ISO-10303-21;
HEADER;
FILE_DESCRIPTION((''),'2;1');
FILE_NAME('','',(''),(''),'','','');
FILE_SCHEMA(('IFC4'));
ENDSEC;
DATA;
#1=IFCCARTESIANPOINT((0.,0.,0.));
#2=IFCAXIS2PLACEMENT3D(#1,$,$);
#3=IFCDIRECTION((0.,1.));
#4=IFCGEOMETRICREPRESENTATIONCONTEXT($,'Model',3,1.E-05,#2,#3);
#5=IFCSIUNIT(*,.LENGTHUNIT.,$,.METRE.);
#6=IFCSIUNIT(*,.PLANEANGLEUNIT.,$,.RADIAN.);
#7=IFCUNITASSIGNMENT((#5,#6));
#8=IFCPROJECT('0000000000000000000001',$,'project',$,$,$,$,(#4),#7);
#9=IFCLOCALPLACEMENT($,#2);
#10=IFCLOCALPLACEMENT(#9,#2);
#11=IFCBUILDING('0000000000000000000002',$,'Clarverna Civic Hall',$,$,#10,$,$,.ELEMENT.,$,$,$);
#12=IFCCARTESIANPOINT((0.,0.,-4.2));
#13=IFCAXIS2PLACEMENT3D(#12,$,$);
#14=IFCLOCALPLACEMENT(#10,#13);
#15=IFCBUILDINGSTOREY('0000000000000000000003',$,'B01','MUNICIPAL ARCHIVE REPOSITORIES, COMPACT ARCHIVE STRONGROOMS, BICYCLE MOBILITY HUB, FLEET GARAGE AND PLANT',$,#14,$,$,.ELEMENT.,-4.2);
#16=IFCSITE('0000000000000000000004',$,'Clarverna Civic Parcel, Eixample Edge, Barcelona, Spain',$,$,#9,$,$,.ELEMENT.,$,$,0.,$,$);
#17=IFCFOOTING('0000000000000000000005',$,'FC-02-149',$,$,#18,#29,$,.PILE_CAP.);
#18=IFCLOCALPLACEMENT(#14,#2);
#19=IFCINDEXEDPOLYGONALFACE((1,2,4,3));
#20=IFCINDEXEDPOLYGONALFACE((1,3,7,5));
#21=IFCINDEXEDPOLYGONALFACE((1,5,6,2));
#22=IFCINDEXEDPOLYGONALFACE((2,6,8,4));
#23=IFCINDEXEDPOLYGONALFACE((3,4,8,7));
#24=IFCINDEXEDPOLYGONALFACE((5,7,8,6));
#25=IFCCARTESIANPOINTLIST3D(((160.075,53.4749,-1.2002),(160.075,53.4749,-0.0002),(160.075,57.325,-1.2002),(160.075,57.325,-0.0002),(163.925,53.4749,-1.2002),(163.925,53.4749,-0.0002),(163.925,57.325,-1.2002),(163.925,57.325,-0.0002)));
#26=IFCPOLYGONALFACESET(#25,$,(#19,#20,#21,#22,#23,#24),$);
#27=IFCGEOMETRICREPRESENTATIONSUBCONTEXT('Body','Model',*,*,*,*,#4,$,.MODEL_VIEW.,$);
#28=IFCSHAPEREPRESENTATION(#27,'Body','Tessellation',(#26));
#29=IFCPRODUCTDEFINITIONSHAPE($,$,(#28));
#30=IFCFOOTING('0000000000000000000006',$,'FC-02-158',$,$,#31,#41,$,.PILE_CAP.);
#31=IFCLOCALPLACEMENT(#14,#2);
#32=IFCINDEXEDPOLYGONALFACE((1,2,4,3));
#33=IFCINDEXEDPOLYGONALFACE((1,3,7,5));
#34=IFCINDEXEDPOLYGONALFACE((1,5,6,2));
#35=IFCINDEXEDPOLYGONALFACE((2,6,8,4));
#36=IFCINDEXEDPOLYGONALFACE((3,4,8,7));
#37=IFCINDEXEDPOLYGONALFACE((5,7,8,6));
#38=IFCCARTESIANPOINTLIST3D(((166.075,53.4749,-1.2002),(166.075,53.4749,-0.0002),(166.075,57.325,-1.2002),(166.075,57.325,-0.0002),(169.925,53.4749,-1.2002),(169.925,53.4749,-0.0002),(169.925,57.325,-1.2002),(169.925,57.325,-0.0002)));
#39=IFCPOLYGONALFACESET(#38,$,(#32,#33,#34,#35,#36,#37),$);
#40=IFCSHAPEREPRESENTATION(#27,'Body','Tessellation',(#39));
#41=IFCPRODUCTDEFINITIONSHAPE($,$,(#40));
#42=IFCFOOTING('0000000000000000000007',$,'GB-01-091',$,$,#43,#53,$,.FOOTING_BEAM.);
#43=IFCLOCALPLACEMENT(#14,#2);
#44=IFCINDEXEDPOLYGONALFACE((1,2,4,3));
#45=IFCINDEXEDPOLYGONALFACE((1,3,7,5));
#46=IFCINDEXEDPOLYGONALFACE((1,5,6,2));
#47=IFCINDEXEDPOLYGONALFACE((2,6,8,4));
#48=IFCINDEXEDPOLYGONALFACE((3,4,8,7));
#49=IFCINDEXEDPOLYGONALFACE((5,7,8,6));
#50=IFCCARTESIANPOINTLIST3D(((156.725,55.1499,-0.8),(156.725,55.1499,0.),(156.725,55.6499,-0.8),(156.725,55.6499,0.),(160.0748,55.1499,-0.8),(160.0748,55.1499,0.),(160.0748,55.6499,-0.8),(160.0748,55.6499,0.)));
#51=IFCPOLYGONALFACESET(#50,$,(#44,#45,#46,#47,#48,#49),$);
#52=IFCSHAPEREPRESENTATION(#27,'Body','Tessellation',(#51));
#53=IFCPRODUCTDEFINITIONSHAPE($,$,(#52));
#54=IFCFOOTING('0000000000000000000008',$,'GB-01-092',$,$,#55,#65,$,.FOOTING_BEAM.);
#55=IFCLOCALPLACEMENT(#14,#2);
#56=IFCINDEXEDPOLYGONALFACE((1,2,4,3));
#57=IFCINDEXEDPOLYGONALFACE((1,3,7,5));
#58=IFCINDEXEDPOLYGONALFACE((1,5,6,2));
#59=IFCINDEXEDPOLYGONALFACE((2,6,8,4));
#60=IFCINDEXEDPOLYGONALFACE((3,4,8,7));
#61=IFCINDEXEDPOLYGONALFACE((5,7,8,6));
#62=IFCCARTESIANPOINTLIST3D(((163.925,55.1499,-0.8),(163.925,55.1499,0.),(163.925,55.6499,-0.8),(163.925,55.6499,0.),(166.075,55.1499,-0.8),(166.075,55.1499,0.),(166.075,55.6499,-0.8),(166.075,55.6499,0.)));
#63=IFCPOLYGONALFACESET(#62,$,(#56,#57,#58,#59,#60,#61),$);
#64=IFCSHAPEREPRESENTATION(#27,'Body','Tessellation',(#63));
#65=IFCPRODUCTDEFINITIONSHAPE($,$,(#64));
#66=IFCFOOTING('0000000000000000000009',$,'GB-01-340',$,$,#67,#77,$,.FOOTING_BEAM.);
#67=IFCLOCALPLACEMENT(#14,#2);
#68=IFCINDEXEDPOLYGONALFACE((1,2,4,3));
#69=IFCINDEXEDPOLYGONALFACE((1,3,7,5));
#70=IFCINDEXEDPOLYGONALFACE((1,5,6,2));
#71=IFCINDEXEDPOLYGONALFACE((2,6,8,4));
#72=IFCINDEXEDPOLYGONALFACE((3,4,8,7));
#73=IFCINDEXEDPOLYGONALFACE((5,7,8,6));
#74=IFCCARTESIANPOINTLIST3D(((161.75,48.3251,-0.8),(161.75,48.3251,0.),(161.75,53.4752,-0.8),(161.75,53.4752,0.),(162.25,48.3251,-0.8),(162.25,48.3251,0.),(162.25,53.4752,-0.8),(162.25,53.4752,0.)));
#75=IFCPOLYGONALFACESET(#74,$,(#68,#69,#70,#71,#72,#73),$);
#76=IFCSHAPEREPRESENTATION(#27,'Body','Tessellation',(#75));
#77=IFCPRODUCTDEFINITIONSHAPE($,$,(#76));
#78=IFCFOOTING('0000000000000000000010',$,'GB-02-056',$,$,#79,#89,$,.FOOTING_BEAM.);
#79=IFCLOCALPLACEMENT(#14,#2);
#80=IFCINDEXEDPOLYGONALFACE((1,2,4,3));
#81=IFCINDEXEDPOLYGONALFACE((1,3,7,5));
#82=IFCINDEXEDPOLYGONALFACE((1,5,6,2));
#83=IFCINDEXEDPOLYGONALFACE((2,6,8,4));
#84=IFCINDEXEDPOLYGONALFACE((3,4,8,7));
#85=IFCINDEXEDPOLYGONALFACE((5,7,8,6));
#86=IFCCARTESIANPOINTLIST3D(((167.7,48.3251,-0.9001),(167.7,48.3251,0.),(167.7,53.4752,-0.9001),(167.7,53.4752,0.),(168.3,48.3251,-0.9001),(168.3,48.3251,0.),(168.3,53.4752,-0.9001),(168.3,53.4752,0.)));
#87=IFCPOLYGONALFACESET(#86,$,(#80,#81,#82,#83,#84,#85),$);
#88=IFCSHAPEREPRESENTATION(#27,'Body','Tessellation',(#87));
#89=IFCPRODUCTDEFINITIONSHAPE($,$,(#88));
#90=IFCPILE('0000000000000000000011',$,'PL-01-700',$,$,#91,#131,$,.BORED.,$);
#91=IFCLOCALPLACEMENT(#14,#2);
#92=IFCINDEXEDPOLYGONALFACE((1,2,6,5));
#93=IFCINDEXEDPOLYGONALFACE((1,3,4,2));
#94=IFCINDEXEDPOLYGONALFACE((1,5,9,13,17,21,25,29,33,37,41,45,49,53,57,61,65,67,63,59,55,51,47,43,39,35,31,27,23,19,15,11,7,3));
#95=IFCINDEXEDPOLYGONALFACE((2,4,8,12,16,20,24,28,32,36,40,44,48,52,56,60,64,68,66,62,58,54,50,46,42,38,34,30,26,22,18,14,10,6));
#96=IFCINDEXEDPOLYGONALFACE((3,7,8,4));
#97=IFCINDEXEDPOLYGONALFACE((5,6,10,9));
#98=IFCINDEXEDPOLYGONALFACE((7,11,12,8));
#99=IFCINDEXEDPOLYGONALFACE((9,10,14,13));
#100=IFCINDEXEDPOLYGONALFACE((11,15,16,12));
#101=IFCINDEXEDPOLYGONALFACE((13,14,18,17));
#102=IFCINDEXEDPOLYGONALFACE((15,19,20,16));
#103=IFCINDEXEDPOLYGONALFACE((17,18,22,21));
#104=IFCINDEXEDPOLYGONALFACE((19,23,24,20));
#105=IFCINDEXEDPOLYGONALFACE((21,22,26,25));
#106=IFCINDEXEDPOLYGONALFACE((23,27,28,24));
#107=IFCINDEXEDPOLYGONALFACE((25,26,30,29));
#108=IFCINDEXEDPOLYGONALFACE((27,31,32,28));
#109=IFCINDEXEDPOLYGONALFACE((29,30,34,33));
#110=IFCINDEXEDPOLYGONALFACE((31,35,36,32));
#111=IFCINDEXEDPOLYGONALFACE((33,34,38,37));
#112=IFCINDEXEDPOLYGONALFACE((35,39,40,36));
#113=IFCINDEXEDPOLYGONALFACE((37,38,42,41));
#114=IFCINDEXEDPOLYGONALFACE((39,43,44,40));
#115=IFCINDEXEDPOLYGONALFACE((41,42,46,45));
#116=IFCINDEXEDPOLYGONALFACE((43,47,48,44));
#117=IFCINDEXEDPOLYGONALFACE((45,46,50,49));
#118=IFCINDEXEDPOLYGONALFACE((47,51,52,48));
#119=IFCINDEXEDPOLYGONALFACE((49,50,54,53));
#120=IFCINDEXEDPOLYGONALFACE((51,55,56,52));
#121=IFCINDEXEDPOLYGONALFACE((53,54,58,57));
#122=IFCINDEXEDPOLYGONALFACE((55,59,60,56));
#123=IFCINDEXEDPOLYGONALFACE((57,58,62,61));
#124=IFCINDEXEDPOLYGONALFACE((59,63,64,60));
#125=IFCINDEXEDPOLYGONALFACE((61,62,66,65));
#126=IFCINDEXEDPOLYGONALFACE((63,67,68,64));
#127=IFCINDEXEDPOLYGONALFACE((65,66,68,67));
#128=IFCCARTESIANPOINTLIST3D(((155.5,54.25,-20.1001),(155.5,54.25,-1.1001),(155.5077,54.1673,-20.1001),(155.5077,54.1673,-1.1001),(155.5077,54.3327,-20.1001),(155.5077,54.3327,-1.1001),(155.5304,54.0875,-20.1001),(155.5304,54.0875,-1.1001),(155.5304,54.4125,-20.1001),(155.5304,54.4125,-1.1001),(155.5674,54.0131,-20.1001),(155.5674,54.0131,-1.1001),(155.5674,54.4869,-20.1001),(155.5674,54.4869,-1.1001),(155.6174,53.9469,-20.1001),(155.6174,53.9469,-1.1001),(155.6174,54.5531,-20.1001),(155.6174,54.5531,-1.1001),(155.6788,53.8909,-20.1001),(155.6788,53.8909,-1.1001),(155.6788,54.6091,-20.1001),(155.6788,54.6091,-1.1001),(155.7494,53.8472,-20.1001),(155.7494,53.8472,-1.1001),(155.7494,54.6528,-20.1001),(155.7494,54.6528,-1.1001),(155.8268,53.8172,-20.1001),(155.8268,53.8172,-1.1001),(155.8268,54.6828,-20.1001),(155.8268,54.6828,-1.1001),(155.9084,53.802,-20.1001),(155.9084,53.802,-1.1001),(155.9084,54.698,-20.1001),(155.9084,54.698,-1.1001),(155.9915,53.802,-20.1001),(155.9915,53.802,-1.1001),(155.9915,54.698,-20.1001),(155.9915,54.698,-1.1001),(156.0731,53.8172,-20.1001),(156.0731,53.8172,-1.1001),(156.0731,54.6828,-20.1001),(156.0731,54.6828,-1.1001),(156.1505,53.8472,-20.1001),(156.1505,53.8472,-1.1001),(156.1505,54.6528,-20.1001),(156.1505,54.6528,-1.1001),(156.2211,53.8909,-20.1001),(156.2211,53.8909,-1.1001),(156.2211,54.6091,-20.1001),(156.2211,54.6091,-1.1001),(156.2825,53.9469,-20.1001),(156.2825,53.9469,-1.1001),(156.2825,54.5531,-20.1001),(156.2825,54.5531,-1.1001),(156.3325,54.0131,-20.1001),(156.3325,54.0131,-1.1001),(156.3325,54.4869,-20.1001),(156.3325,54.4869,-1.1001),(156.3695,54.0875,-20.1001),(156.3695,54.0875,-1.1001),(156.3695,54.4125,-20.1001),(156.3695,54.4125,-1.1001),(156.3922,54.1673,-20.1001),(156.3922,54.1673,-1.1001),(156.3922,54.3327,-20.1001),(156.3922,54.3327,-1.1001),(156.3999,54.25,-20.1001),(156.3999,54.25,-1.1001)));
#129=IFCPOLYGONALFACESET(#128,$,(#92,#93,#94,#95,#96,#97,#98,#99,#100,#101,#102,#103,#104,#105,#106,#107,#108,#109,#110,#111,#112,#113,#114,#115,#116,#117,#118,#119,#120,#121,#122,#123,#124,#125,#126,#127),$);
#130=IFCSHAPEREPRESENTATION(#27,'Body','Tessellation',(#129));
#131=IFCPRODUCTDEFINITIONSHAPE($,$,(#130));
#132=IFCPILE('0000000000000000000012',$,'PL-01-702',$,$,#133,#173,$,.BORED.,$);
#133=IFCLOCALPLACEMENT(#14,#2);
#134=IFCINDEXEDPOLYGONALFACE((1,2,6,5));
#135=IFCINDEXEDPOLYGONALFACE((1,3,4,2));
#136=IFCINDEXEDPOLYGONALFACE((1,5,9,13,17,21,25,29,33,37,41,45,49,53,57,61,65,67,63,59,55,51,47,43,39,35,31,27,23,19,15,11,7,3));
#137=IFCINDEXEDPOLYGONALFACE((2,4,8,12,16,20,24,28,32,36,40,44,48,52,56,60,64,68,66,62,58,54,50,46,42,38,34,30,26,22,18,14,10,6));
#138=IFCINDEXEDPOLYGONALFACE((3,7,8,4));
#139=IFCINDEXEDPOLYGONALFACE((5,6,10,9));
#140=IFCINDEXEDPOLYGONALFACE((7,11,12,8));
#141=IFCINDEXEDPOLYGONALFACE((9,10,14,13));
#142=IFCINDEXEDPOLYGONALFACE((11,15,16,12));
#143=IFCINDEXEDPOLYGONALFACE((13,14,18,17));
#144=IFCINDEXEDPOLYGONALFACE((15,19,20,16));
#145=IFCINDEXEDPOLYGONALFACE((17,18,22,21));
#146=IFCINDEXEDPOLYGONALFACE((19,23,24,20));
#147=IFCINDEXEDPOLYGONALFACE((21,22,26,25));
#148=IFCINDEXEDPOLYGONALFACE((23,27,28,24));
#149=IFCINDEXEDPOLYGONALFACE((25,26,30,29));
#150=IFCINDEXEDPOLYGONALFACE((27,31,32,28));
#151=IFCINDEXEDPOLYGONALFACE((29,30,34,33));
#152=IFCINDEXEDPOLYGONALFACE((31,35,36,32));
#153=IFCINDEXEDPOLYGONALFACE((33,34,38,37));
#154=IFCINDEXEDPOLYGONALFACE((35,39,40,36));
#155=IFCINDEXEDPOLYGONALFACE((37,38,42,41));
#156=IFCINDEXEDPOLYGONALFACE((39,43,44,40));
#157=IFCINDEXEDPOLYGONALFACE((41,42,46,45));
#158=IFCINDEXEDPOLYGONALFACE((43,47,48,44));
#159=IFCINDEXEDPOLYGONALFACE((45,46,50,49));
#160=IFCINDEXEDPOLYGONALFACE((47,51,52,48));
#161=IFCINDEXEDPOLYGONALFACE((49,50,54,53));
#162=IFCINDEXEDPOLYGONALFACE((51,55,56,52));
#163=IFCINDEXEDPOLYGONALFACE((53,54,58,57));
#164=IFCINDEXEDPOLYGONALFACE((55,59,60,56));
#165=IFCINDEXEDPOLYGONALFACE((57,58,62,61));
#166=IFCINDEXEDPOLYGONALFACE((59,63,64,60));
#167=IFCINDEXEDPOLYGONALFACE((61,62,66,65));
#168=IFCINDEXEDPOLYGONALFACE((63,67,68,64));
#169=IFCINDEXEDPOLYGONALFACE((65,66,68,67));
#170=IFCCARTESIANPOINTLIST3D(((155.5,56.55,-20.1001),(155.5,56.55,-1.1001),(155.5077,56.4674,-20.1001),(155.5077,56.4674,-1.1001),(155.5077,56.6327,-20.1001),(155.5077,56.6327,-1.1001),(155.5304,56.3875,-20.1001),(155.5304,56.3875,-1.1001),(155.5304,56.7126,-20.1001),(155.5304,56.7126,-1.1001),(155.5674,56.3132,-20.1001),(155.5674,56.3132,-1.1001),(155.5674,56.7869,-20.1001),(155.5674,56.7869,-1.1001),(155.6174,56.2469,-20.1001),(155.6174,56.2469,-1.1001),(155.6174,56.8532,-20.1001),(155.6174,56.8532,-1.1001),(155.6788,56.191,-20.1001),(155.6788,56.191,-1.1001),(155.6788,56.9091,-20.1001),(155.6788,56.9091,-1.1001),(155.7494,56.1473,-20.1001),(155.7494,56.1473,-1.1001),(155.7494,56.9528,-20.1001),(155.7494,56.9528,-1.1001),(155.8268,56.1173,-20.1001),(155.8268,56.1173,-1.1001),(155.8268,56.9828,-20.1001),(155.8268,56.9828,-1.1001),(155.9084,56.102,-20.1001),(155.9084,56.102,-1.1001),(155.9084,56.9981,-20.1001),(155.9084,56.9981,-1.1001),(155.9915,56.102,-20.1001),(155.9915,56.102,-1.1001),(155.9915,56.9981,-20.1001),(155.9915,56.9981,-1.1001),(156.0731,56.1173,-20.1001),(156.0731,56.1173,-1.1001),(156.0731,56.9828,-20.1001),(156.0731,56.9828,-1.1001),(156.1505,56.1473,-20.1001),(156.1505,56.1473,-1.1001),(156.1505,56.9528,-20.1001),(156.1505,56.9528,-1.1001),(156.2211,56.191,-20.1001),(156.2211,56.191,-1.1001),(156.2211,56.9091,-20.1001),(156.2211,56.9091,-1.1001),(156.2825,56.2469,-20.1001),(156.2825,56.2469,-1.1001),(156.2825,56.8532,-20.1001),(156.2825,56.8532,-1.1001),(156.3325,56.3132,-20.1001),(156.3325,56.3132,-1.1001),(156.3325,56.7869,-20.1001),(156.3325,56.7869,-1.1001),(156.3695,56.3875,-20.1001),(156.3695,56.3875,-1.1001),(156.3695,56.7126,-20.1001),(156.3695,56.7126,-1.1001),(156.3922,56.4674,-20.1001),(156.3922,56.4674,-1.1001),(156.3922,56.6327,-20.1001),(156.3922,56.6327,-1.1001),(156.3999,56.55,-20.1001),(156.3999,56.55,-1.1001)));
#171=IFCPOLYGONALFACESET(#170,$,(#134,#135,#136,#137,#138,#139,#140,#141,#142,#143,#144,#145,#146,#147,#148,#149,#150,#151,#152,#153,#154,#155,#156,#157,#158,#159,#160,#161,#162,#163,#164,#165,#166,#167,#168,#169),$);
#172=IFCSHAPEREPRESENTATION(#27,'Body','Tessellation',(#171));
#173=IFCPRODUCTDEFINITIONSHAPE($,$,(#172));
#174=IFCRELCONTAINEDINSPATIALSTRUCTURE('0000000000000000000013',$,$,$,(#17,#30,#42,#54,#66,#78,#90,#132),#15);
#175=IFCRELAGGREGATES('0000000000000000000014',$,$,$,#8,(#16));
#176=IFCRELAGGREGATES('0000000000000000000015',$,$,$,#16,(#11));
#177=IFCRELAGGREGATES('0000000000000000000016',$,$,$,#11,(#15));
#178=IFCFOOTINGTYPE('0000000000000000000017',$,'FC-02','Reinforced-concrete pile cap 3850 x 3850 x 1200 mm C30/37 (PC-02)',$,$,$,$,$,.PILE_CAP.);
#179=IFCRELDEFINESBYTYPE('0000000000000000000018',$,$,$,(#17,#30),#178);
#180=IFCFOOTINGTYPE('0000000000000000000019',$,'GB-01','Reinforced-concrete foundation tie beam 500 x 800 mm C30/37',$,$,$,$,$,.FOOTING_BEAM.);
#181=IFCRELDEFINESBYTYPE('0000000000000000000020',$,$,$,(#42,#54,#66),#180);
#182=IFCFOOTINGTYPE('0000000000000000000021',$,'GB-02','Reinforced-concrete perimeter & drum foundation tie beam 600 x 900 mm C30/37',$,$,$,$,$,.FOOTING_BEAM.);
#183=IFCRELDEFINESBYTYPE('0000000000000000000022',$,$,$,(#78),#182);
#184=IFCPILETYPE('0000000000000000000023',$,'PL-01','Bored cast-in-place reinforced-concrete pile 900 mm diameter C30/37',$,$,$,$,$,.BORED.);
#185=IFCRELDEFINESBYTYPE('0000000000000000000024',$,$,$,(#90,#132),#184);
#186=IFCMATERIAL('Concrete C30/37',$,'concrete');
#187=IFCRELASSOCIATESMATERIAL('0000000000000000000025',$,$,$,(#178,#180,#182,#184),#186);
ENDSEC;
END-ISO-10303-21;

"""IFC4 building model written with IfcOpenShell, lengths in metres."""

from ifc_helpers import new_model, si_unit, direction, frame, frame_2d, origin, origin_2d, place, context, subcontext, project, spatial, rectangle, circle, extrude, material, material_profile, profile_set, type_object, element, save


model = new_model("IFC4")

# Units and contexts
model_context = context("Model", 3, precision=1e-05, world=origin(), true_north=direction((0.0, 1.0)))
body_context = subcontext(model_context, "Body", "Model", "MODEL_VIEW")
ifc_project = project(units=[si_unit("LENGTHUNIT", "METRE"), si_unit("PLANEANGLEUNIT", "RADIAN")], contexts=[model_context])

# Site, building, storey
site_placement = place(None, origin())
site = spatial("IfcSite", under=ifc_project, at=site_placement, Name="Clarverna Civic Parcel, Eixample Edge, Barcelona, Spain", CompositionType="ELEMENT", RefElevation=0.0)
building_placement = place(site_placement, origin())
building = spatial("IfcBuilding", under=site, at=building_placement, Name="Clarverna Civic Hall", CompositionType="ELEMENT")
storey_placement = place(building_placement, frame((0.0, 0.0, -4.2)))
storey = spatial("IfcBuildingStorey", under=building, at=storey_placement, Name="B01", Description="MUNICIPAL ARCHIVE REPOSITORIES, COMPACT ARCHIVE STRONGROOMS, BICYCLE MOBILITY HUB, FLEET GARAGE AND PLANT", CompositionType="ELEMENT", Elevation=-4.2)

# Footings
ifc_material_1 = material(Name="Concrete C30/37", Category="concrete")
footing_type_1 = type_object("IfcFootingType", Name="FC-02", Description="Reinforced-concrete pile cap 3850 x 3850 x 1200 mm C30/37 (PC-02)", PredefinedType="PILE_CAP", material=ifc_material_1)
for number, where, z_axis, x_axis, name in (
    (1, (162.0, 55.3999, -1.2002), (0.0, 0.0, 1.0), (1.0, 0.0, 0.0), "FC-02-149"),
    (2, (168.0, 55.3999, -1.2002), (0.0, 0.0, 1.0), (1.0, 0.0, 0.0), "FC-02-158"),
):
    element("IfcFooting", number, at=place(storey_placement, frame(where, z_axis=z_axis, x_axis=x_axis)), inside=storey, type_object=footing_type_1, Name=name, PredefinedType="PILE_CAP", context=body_context, shape_type="SweptSolid", body=[
        extrude(rectangle(XDim=3.8501, YDim=3.8501, at=origin_2d()), origin(), (0.0, 0.0, 1.0), 1.2),
    ])
footing_type_2 = type_object("IfcFootingType", Name="GB-01", Description="Reinforced-concrete foundation tie beam 500 x 800 mm C30/37", PredefinedType="FOOTING_BEAM", material=ifc_material_1)
footing_1_placement = place(storey_placement, frame((156.7251, 55.3999, -0.8), z_axis=(0.0, 0.0, 1.0), x_axis=(1.0, 0.0, 0.0)))
element("IfcFooting", 3, at=footing_1_placement, inside=storey, type_object=footing_type_2, Name="GB-01-091", PredefinedType="FOOTING_BEAM", context=body_context, shape_type="SweptSolid", body=[
    extrude(rectangle(XDim=3.3499, YDim=0.5, at=frame_2d((1.6748, 0.0))), origin(), (0.0, 0.0, 1.0), 0.8),
])
footing_2_placement = place(storey_placement, frame((163.925, 55.3999, -0.8), z_axis=(0.0, 0.0, 1.0), x_axis=(1.0, 0.0, 0.0)))
element("IfcFooting", 4, at=footing_2_placement, inside=storey, type_object=footing_type_2, Name="GB-01-092", PredefinedType="FOOTING_BEAM", context=body_context, shape_type="SweptSolid", body=[
    extrude(rectangle(XDim=2.1499, YDim=0.5, at=frame_2d((1.075, 0.0))), origin(), (0.0, 0.0, 1.0), 0.8),
])
footing_3_placement = place(storey_placement, frame((162.0, 48.325, -0.8), z_axis=(0.0, 0.0, 1.0), x_axis=(0.0, 1.0, 0.0)))
element("IfcFooting", 5, at=footing_3_placement, inside=storey, type_object=footing_type_2, Name="GB-01-340", PredefinedType="FOOTING_BEAM", context=body_context, shape_type="SweptSolid", body=[
    extrude(rectangle(XDim=5.1501, YDim=0.5, at=frame_2d((2.5752, 0.0))), origin(), (0.0, 0.0, 1.0), 0.8),
])
footing_type_3 = type_object("IfcFootingType", Name="GB-02", Description="Reinforced-concrete perimeter & drum foundation tie beam 600 x 900 mm C30/37", PredefinedType="FOOTING_BEAM", material=ifc_material_1)
footing_4_placement = place(storey_placement, frame((168.0, 48.325, -0.9001), z_axis=(0.0, 0.0, 1.0), x_axis=(0.0, 1.0, 0.0)))
element("IfcFooting", 6, at=footing_4_placement, inside=storey, type_object=footing_type_3, Name="GB-02-056", PredefinedType="FOOTING_BEAM", context=body_context, shape_type="SweptSolid", body=[
    extrude(rectangle(XDim=5.1501, YDim=0.6001, at=frame_2d((2.5752, 0.0))), origin(), (0.0, 0.0, 1.0), 0.9001),
])

# Piles
ifc_material_profile_1 = material_profile(ifc_material_1, circle(Radius=0.45, at=origin_2d()), Name="BORED PILE D900")
ifc_profile_set_1 = profile_set([ifc_material_profile_1], Name="Concrete C30/37")
pile_type = type_object("IfcPileType", Name="PL-01", Description="Bored cast-in-place reinforced-concrete pile 900 mm diameter C30/37", PredefinedType="BORED", material=ifc_profile_set_1)
for number, where, z_axis, x_axis, name in (
    (7, (155.95, 54.25, -1.1001), (0.0, 0.0, -1.0), (1.0, 0.0, 0.0), "PL-01-700"),
    (8, (155.95, 56.55, -1.1001), (0.0, 0.0, -1.0), (1.0, 0.0, 0.0), "PL-01-702"),
):
    element("IfcPile", number, at=place(storey_placement, frame(where, z_axis=z_axis, x_axis=x_axis)), inside=storey, type_object=pile_type, Name=name, PredefinedType="BORED", context=body_context, shape_type="SweptSolid", body=[
        extrude(circle(Radius=0.45, at=origin_2d()), origin(), (0.0, 0.0, 1.0), 19.0),
    ])

save(model, "model.ifc")
